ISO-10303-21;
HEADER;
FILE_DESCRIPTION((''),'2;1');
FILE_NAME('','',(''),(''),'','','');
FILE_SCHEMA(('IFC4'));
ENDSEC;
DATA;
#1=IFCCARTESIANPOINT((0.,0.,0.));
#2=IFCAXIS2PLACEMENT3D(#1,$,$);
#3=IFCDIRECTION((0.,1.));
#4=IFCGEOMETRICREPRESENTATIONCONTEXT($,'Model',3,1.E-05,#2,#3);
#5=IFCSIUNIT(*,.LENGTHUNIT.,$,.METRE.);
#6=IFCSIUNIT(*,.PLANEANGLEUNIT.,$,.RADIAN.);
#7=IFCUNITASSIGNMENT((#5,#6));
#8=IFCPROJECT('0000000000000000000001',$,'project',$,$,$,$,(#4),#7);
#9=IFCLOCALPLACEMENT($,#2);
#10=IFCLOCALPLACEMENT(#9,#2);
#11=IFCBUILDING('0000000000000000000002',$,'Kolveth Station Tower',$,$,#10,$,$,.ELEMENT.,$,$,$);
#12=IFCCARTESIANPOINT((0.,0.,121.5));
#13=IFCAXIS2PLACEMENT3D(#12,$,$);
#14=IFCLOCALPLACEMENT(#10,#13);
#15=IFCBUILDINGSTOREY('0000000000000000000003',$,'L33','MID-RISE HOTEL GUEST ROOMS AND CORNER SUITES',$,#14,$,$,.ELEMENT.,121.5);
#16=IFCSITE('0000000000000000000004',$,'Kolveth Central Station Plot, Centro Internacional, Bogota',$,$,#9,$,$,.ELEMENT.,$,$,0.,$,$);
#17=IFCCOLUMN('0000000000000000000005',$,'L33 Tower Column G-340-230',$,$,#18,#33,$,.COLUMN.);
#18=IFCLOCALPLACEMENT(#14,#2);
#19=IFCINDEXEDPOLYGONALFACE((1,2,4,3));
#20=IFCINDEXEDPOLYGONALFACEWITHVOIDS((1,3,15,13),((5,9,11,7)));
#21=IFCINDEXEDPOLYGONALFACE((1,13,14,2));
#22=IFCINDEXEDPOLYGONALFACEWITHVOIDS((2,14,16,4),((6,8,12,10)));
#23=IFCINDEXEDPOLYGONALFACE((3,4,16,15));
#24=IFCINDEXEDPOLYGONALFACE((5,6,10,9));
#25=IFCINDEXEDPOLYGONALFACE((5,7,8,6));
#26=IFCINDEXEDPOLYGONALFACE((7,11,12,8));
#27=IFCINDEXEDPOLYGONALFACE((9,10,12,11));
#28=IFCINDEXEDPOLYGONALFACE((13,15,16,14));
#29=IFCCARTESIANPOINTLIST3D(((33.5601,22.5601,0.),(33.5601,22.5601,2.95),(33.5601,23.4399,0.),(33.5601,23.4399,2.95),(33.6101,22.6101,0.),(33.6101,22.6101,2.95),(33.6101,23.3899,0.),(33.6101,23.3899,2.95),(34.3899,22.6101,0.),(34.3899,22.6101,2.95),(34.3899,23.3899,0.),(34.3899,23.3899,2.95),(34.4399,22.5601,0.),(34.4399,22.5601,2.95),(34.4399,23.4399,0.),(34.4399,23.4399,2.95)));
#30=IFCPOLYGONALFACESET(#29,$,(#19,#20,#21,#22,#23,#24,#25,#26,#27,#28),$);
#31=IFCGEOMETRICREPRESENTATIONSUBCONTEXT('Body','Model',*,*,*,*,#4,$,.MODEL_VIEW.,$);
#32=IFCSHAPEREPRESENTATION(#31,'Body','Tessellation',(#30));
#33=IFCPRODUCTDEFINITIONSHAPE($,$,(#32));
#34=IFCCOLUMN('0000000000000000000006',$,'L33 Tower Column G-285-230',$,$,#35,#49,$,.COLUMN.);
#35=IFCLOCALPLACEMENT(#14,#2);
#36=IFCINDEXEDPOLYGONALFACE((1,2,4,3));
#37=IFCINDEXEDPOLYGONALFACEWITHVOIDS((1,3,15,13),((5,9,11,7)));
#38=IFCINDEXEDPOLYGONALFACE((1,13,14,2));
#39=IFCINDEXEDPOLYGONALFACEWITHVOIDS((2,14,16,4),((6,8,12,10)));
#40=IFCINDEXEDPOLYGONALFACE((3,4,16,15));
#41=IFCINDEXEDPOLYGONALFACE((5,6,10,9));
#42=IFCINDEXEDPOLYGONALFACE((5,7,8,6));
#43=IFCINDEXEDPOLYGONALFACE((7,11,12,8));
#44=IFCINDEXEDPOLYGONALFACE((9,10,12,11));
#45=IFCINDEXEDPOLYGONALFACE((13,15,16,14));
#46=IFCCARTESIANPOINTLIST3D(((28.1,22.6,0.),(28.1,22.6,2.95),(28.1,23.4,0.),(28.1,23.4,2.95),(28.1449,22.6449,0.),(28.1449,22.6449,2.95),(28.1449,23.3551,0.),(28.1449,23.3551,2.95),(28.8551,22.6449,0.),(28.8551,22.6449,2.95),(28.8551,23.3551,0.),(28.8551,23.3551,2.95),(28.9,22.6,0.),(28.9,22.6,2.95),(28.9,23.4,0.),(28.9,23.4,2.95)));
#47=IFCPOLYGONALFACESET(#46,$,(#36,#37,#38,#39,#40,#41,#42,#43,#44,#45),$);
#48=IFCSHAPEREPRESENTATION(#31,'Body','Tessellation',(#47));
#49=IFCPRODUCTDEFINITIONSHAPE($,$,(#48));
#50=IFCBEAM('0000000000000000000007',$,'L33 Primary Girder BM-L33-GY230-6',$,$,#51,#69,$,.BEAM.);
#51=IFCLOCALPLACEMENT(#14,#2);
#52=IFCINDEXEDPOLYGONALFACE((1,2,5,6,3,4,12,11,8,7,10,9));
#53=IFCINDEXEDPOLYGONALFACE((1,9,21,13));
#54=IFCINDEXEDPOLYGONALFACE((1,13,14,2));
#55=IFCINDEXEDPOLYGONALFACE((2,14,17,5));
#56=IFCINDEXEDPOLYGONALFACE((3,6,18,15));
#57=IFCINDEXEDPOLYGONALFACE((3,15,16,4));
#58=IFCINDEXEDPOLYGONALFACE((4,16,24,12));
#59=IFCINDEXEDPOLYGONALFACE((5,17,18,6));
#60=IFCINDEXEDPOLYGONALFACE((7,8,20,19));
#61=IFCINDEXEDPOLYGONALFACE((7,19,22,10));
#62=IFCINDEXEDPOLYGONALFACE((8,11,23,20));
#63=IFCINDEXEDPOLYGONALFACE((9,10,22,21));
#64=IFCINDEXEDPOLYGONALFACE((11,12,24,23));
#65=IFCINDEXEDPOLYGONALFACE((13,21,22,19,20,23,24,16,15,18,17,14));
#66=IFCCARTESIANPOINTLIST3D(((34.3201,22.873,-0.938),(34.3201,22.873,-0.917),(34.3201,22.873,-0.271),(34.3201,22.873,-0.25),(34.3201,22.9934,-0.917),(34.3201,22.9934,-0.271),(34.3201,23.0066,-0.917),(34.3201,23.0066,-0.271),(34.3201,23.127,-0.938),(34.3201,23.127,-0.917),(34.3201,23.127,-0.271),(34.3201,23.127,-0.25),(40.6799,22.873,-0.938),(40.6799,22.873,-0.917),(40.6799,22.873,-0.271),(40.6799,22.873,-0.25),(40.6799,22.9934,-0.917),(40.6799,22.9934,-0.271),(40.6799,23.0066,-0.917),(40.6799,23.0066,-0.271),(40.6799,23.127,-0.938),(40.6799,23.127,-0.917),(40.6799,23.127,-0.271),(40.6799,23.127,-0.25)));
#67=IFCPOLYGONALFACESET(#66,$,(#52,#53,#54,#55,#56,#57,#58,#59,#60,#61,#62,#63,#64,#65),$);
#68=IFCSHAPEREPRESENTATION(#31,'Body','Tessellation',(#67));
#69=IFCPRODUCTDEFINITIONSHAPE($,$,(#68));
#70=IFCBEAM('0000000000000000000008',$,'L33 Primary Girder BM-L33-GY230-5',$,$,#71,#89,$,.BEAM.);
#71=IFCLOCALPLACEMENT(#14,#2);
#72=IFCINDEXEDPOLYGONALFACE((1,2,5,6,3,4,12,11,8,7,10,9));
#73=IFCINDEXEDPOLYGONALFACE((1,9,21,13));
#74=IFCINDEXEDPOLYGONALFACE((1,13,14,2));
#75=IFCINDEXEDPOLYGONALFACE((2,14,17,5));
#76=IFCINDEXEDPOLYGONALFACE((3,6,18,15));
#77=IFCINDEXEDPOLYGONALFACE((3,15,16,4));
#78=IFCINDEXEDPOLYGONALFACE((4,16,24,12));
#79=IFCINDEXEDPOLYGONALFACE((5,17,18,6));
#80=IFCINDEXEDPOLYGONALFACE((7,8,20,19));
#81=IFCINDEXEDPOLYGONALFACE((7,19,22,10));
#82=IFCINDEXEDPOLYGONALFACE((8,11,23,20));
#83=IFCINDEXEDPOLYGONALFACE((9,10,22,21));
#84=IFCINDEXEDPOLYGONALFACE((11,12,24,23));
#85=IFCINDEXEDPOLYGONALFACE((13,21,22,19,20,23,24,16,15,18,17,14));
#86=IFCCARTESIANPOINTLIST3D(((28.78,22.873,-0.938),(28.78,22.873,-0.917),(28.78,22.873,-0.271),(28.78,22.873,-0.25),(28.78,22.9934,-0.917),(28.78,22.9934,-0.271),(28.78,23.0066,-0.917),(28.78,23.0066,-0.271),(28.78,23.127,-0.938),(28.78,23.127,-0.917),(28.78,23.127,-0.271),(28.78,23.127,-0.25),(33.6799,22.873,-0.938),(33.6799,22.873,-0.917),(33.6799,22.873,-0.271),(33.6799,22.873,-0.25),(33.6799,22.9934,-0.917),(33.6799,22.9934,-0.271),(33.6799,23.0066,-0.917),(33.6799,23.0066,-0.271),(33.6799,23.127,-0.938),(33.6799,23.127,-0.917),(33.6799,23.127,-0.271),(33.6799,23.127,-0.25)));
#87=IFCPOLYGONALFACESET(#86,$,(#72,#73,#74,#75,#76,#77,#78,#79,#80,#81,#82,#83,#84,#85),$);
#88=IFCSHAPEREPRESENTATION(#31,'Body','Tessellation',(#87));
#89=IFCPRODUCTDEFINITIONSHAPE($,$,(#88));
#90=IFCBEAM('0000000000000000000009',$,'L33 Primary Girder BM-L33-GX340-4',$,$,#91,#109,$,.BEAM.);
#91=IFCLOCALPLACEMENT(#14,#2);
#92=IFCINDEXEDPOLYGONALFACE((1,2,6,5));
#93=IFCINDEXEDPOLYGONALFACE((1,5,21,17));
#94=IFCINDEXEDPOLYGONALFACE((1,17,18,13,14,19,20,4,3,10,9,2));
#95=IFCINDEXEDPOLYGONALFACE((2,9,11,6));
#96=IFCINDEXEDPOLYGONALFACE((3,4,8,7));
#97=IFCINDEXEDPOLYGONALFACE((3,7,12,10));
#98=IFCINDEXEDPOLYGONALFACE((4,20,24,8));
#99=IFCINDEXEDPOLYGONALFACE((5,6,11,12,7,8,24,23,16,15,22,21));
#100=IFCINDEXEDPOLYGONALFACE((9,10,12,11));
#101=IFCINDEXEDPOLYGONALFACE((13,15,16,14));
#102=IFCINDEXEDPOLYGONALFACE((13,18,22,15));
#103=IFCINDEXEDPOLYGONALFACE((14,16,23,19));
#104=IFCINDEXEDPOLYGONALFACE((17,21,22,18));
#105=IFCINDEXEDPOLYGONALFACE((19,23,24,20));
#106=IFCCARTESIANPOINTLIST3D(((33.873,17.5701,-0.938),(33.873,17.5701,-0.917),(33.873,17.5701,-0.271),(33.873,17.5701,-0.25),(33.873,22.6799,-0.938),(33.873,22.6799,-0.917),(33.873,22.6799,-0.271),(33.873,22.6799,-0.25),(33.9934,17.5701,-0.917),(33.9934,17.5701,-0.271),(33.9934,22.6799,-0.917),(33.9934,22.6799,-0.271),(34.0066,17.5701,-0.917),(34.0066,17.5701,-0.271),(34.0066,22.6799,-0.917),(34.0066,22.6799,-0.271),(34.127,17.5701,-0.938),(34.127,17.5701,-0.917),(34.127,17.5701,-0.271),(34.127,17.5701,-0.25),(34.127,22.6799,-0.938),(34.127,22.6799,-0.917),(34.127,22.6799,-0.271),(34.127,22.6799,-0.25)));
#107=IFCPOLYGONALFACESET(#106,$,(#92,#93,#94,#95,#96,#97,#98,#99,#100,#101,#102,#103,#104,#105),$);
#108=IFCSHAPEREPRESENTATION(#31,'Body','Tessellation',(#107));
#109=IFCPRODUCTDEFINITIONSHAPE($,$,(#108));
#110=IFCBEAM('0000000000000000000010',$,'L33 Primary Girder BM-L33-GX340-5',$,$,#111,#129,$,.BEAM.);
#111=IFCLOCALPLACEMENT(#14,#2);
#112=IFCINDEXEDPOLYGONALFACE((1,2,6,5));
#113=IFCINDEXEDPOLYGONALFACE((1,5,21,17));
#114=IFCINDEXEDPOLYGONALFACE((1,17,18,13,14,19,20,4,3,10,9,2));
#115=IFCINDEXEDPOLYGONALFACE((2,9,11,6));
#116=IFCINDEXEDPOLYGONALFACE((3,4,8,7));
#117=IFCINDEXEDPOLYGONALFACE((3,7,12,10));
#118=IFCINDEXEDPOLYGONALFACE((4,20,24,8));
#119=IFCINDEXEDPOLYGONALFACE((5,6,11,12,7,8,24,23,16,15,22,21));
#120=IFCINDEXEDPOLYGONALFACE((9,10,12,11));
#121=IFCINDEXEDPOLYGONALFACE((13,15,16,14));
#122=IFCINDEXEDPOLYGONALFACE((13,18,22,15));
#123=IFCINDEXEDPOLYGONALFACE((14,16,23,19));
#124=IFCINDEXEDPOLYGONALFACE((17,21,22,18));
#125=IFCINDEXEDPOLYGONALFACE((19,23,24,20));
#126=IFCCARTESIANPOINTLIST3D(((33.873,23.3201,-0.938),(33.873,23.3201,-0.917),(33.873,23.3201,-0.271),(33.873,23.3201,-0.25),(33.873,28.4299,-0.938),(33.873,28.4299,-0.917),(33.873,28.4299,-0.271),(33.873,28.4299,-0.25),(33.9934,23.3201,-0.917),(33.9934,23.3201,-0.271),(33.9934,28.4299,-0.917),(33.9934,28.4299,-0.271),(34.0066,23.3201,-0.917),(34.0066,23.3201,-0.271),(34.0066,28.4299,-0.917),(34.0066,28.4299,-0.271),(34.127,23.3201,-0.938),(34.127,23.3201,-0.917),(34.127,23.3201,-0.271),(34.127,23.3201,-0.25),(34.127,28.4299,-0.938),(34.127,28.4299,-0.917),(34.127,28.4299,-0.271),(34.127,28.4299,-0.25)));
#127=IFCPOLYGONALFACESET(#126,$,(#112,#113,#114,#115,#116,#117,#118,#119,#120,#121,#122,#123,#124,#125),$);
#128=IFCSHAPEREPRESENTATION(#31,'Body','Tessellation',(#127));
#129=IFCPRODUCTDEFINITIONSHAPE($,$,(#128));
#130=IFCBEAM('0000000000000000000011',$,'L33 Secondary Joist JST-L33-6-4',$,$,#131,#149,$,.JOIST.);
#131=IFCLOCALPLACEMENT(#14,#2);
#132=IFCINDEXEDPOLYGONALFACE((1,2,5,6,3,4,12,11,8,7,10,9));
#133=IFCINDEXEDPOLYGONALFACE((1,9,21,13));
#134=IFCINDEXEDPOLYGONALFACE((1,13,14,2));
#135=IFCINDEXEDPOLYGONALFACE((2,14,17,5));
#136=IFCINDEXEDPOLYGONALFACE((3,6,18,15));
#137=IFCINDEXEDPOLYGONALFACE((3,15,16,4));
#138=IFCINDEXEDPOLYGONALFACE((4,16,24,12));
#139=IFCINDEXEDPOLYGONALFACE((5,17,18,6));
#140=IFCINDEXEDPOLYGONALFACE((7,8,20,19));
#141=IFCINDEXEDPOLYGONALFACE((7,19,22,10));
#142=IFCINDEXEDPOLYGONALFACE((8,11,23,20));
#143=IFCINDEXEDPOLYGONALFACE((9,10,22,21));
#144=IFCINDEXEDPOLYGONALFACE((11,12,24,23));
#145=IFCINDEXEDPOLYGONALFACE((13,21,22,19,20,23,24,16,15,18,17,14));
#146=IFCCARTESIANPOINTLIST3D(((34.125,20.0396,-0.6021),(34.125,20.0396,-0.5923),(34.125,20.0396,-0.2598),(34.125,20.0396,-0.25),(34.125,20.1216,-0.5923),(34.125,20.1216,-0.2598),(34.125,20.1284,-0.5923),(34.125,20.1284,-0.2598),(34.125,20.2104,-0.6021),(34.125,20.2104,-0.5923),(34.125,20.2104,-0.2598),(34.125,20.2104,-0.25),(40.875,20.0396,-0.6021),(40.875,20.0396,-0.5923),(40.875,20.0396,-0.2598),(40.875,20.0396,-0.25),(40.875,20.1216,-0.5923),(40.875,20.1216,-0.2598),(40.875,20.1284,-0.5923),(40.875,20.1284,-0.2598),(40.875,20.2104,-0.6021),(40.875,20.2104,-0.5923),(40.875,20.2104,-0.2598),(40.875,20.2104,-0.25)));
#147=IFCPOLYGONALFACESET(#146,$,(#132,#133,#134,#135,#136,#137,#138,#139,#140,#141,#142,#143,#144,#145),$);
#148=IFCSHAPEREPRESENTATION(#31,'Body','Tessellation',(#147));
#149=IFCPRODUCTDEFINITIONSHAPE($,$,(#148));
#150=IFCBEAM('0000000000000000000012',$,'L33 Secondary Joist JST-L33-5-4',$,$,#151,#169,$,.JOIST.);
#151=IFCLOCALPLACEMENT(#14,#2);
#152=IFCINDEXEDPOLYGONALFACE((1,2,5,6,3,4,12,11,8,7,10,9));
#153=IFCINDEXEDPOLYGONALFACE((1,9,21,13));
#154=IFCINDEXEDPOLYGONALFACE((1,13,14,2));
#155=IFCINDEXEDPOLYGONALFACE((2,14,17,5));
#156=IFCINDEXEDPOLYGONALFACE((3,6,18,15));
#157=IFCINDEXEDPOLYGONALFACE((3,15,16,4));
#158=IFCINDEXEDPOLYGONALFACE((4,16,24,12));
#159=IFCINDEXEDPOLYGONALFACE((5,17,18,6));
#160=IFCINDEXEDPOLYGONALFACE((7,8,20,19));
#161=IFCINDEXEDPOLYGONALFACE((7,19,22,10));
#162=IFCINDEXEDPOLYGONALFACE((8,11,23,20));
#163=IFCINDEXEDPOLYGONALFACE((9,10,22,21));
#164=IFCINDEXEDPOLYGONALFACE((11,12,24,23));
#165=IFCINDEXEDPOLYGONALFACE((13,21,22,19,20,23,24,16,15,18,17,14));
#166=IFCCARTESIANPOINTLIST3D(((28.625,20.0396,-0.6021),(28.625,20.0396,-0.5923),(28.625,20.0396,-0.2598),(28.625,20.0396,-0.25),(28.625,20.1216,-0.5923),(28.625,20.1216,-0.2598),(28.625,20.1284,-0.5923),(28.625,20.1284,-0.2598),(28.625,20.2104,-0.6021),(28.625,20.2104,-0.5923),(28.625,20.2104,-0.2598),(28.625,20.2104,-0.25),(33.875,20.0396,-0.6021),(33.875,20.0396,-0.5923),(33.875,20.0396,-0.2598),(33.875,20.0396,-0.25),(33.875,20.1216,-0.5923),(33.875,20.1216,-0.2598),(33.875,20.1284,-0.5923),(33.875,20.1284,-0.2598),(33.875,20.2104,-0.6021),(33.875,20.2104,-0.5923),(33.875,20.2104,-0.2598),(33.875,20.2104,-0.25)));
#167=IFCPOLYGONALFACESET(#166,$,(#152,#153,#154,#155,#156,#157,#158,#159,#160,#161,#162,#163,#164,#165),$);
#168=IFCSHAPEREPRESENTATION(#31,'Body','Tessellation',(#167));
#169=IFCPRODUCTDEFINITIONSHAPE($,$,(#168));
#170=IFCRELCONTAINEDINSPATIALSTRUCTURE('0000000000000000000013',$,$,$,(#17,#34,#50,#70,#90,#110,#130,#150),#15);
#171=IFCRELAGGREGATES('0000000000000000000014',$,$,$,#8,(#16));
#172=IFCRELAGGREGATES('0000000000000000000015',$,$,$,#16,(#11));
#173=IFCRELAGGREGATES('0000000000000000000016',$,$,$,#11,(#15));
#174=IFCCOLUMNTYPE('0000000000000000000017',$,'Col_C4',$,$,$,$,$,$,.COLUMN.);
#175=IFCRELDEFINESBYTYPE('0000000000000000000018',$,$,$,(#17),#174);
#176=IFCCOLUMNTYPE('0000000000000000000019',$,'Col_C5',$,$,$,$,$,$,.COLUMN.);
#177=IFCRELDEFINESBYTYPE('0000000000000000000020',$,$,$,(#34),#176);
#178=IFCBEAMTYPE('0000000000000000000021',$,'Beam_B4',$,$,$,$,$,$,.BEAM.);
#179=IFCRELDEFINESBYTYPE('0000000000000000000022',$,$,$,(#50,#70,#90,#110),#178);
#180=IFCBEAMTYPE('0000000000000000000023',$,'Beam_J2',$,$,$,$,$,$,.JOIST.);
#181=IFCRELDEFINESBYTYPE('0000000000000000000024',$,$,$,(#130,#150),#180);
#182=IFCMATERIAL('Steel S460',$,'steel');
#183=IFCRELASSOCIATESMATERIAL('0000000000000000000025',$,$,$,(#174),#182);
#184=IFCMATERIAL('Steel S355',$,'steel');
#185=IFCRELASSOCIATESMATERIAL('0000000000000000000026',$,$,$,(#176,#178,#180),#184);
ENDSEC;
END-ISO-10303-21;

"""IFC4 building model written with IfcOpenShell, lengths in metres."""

from ifc_helpers import new_model, si_unit, direction, frame, origin, origin_2d, place, context, subcontext, project, spatial, hollow_rectangle, i_section, extrude, source, transform, mapped, material, material_profile, profile_set, type_object, element, save


model = new_model("IFC4")

# Units and contexts
model_context = context("Model", 3, precision=1e-05, world=origin(), true_north=direction((0.0, 1.0)))
body_context = subcontext(model_context, "Body", "Model", "MODEL_VIEW")
ifc_project = project(units=[si_unit("LENGTHUNIT", "METRE"), si_unit("PLANEANGLEUNIT", "RADIAN")], contexts=[model_context])

# Site, building, storey
site_placement = place(None, origin())
site = spatial("IfcSite", under=ifc_project, at=site_placement, Name="Kolveth Central Station Plot, Centro Internacional, Bogota", CompositionType="ELEMENT", RefElevation=0.0)
building_placement = place(site_placement, origin())
building = spatial("IfcBuilding", under=site, at=building_placement, Name="Kolveth Station Tower", CompositionType="ELEMENT")
storey_placement = place(building_placement, frame((0.0, 0.0, 121.5)))
storey = spatial("IfcBuildingStorey", under=building, at=storey_placement, Name="L33", Description="MID-RISE HOTEL GUEST ROOMS AND CORNER SUITES", CompositionType="ELEMENT", Elevation=121.5)

# Columns
ifc_material_1 = material(Name="Steel S460", Category="steel")
ifc_material_profile_1 = material_profile(ifc_material_1, hollow_rectangle(XDim=0.8799, YDim=0.8799, WallThickness=0.05, at=origin_2d()), Name="BOX880x880x50")
ifc_profile_set_1 = profile_set([ifc_material_profile_1], Name="Steel S460")
column_type_1 = type_object("IfcColumnType", Name="Col_C4", PredefinedType="COLUMN", material=ifc_profile_set_1)
shared_shape_1 = source(origin(), body_context, "Body", "SweptSolid", [
    extrude(hollow_rectangle(XDim=0.8799, YDim=0.8799, WallThickness=0.05, at=origin_2d()), origin(), (0.0, 0.0, 1.0), 2.95),
])
column_1_placement = place(storey_placement, frame((34.0, 23.0, 0.0), z_axis=(0.0, 0.0, 1.0), x_axis=(1.0, 0.0, 0.0)))
element("IfcColumn", 1, at=column_1_placement, inside=storey, type_object=column_type_1, Name="L33 Tower Column G-340-230", PredefinedType="COLUMN", context=body_context, shape_type="MappedRepresentation", body=[
    mapped(shared_shape_1, transform((0.0, 0.0, 0.0), x_axis=(1.0, 0.0, 0.0), y_axis=(0.0, 1.0, 0.0), z_axis=(0.0, 0.0, 1.0), scale=1.0)),
])
ifc_material_2 = material(Name="Steel S355", Category="steel")
ifc_material_profile_2 = material_profile(ifc_material_2, hollow_rectangle(XDim=0.8, YDim=0.8, WallThickness=0.0449, at=origin_2d()), Name="BOX800x800x45")
ifc_profile_set_2 = profile_set([ifc_material_profile_2], Name="Steel S355")
column_type_2 = type_object("IfcColumnType", Name="Col_C5", PredefinedType="COLUMN", material=ifc_profile_set_2)
shared_shape_2 = source(origin(), body_context, "Body", "SweptSolid", [
    extrude(hollow_rectangle(XDim=0.8, YDim=0.8, WallThickness=0.0449, at=origin_2d()), origin(), (0.0, 0.0, 1.0), 2.95),
])
column_2_placement = place(storey_placement, frame((28.5, 23.0, 0.0), z_axis=(0.0, 0.0, 1.0), x_axis=(1.0, 0.0, 0.0)))
element("IfcColumn", 2, at=column_2_placement, inside=storey, type_object=column_type_2, Name="L33 Tower Column G-285-230", PredefinedType="COLUMN", context=body_context, shape_type="MappedRepresentation", body=[
    mapped(shared_shape_2, transform((0.0, 0.0, 0.0), x_axis=(1.0, 0.0, 0.0), y_axis=(0.0, 1.0, 0.0), z_axis=(0.0, 0.0, 1.0), scale=1.0)),
])

# Beams
ifc_material_profile_3 = material_profile(ifc_material_2, i_section(OverallWidth=0.2539, OverallDepth=0.688, WebThickness=0.0132, FlangeThickness=0.021, at=origin_2d()), Name="W690x152")
ifc_profile_set_3 = profile_set([ifc_material_profile_3], Name="Steel S355")
beam_type_1 = type_object("IfcBeamType", Name="Beam_B4", PredefinedType="BEAM", material=ifc_profile_set_3)
shared_shape_3 = source(origin(), body_context, "Body", "SweptSolid", [
    extrude(i_section(OverallWidth=0.2539, OverallDepth=0.688, WebThickness=0.0132, FlangeThickness=0.021, at=origin_2d()), origin(), (0.0, 0.0, 1.0), 6.3599),
])
beam_1_placement = place(storey_placement, frame((34.3201, 23.0, -0.594), z_axis=(1.0, 0.0, 0.0), x_axis=(0.0, 1.0, 0.0)))
element("IfcBeam", 3, at=beam_1_placement, inside=storey, type_object=beam_type_1, Name="L33 Primary Girder BM-L33-GY230-6", PredefinedType="BEAM", context=body_context, shape_type="MappedRepresentation", body=[
    mapped(shared_shape_3, transform((0.0, 0.0, 0.0), x_axis=(1.0, 0.0, 0.0), y_axis=(0.0, 1.0, 0.0), z_axis=(0.0, 0.0, 1.0), scale=1.0)),
])
shared_shape_4 = source(origin(), body_context, "Body", "SweptSolid", [
    extrude(i_section(OverallWidth=0.2539, OverallDepth=0.688, WebThickness=0.0132, FlangeThickness=0.021, at=origin_2d()), origin(), (0.0, 0.0, 1.0), 4.8999),
])
beam_2_placement = place(storey_placement, frame((28.78, 23.0, -0.594), z_axis=(1.0, 0.0, 0.0), x_axis=(0.0, 1.0, 0.0)))
element("IfcBeam", 4, at=beam_2_placement, inside=storey, type_object=beam_type_1, Name="L33 Primary Girder BM-L33-GY230-5", PredefinedType="BEAM", context=body_context, shape_type="MappedRepresentation", body=[
    mapped(shared_shape_4, transform((0.0, 0.0, 0.0), x_axis=(1.0, 0.0, 0.0), y_axis=(0.0, 1.0, 0.0), z_axis=(0.0, 0.0, 1.0), scale=1.0)),
])
shared_shape_5 = source(origin(), body_context, "Body", "SweptSolid", [
    extrude(i_section(OverallWidth=0.2539, OverallDepth=0.688, WebThickness=0.0132, FlangeThickness=0.021, at=origin_2d()), origin(), (0.0, 0.0, 1.0), 5.1099),
])
for number, where, z_axis, x_axis, name in (
    (5, (34.0, 17.5701, -0.594), (0.0, 1.0, 0.0), (-1.0, 0.0, 0.0), "L33 Primary Girder BM-L33-GX340-4"),
    (6, (34.0, 23.3201, -0.594), (0.0, 1.0, 0.0), (-1.0, 0.0, 0.0), "L33 Primary Girder BM-L33-GX340-5"),
):
    element("IfcBeam", number, at=place(storey_placement, frame(where, z_axis=z_axis, x_axis=x_axis)), inside=storey, type_object=beam_type_1, Name=name, PredefinedType="BEAM", context=body_context, shape_type="MappedRepresentation", body=[
        mapped(shared_shape_5, transform((0.0, 0.0, 0.0), x_axis=(1.0, 0.0, 0.0), y_axis=(0.0, 1.0, 0.0), z_axis=(0.0, 0.0, 1.0), scale=1.0)),
    ])
ifc_material_profile_4 = material_profile(ifc_material_2, i_section(OverallWidth=0.1709, OverallDepth=0.3521, WebThickness=0.0068, FlangeThickness=0.0098, at=origin_2d()), Name="W360x44")
ifc_profile_set_4 = profile_set([ifc_material_profile_4], Name="Steel S355")
beam_type_2 = type_object("IfcBeamType", Name="Beam_J2", PredefinedType="JOIST", material=ifc_profile_set_4)
shared_shape_6 = source(origin(), body_context, "Body", "SweptSolid", [
    extrude(i_section(OverallWidth=0.1709, OverallDepth=0.3521, WebThickness=0.0068, FlangeThickness=0.0098, at=origin_2d()), origin(), (0.0, 0.0, 1.0), 6.75),
])
beam_3_placement = place(storey_placement, frame((34.125, 20.125, -0.426), z_axis=(1.0, 0.0, 0.0), x_axis=(0.0, 1.0, 0.0)))
element("IfcBeam", 7, at=beam_3_placement, inside=storey, type_object=beam_type_2, Name="L33 Secondary Joist JST-L33-6-4", PredefinedType="JOIST", context=body_context, shape_type="MappedRepresentation", body=[
    mapped(shared_shape_6, transform((0.0, 0.0, 0.0), x_axis=(1.0, 0.0, 0.0), y_axis=(0.0, 1.0, 0.0), z_axis=(0.0, 0.0, 1.0), scale=1.0)),
])
shared_shape_7 = source(origin(), body_context, "Body", "SweptSolid", [
    extrude(i_section(OverallWidth=0.1709, OverallDepth=0.3521, WebThickness=0.0068, FlangeThickness=0.0098, at=origin_2d()), origin(), (0.0, 0.0, 1.0), 5.25),
])
beam_4_placement = place(storey_placement, frame((28.625, 20.125, -0.426), z_axis=(1.0, 0.0, 0.0), x_axis=(0.0, 1.0, 0.0)))
element("IfcBeam", 8, at=beam_4_placement, inside=storey, type_object=beam_type_2, Name="L33 Secondary Joist JST-L33-5-4", PredefinedType="JOIST", context=body_context, shape_type="MappedRepresentation", body=[
    mapped(shared_shape_7, transform((0.0, 0.0, 0.0), x_axis=(1.0, 0.0, 0.0), y_axis=(0.0, 1.0, 0.0), z_axis=(0.0, 0.0, 1.0), scale=1.0)),
])

save(model, "model.ifc")
